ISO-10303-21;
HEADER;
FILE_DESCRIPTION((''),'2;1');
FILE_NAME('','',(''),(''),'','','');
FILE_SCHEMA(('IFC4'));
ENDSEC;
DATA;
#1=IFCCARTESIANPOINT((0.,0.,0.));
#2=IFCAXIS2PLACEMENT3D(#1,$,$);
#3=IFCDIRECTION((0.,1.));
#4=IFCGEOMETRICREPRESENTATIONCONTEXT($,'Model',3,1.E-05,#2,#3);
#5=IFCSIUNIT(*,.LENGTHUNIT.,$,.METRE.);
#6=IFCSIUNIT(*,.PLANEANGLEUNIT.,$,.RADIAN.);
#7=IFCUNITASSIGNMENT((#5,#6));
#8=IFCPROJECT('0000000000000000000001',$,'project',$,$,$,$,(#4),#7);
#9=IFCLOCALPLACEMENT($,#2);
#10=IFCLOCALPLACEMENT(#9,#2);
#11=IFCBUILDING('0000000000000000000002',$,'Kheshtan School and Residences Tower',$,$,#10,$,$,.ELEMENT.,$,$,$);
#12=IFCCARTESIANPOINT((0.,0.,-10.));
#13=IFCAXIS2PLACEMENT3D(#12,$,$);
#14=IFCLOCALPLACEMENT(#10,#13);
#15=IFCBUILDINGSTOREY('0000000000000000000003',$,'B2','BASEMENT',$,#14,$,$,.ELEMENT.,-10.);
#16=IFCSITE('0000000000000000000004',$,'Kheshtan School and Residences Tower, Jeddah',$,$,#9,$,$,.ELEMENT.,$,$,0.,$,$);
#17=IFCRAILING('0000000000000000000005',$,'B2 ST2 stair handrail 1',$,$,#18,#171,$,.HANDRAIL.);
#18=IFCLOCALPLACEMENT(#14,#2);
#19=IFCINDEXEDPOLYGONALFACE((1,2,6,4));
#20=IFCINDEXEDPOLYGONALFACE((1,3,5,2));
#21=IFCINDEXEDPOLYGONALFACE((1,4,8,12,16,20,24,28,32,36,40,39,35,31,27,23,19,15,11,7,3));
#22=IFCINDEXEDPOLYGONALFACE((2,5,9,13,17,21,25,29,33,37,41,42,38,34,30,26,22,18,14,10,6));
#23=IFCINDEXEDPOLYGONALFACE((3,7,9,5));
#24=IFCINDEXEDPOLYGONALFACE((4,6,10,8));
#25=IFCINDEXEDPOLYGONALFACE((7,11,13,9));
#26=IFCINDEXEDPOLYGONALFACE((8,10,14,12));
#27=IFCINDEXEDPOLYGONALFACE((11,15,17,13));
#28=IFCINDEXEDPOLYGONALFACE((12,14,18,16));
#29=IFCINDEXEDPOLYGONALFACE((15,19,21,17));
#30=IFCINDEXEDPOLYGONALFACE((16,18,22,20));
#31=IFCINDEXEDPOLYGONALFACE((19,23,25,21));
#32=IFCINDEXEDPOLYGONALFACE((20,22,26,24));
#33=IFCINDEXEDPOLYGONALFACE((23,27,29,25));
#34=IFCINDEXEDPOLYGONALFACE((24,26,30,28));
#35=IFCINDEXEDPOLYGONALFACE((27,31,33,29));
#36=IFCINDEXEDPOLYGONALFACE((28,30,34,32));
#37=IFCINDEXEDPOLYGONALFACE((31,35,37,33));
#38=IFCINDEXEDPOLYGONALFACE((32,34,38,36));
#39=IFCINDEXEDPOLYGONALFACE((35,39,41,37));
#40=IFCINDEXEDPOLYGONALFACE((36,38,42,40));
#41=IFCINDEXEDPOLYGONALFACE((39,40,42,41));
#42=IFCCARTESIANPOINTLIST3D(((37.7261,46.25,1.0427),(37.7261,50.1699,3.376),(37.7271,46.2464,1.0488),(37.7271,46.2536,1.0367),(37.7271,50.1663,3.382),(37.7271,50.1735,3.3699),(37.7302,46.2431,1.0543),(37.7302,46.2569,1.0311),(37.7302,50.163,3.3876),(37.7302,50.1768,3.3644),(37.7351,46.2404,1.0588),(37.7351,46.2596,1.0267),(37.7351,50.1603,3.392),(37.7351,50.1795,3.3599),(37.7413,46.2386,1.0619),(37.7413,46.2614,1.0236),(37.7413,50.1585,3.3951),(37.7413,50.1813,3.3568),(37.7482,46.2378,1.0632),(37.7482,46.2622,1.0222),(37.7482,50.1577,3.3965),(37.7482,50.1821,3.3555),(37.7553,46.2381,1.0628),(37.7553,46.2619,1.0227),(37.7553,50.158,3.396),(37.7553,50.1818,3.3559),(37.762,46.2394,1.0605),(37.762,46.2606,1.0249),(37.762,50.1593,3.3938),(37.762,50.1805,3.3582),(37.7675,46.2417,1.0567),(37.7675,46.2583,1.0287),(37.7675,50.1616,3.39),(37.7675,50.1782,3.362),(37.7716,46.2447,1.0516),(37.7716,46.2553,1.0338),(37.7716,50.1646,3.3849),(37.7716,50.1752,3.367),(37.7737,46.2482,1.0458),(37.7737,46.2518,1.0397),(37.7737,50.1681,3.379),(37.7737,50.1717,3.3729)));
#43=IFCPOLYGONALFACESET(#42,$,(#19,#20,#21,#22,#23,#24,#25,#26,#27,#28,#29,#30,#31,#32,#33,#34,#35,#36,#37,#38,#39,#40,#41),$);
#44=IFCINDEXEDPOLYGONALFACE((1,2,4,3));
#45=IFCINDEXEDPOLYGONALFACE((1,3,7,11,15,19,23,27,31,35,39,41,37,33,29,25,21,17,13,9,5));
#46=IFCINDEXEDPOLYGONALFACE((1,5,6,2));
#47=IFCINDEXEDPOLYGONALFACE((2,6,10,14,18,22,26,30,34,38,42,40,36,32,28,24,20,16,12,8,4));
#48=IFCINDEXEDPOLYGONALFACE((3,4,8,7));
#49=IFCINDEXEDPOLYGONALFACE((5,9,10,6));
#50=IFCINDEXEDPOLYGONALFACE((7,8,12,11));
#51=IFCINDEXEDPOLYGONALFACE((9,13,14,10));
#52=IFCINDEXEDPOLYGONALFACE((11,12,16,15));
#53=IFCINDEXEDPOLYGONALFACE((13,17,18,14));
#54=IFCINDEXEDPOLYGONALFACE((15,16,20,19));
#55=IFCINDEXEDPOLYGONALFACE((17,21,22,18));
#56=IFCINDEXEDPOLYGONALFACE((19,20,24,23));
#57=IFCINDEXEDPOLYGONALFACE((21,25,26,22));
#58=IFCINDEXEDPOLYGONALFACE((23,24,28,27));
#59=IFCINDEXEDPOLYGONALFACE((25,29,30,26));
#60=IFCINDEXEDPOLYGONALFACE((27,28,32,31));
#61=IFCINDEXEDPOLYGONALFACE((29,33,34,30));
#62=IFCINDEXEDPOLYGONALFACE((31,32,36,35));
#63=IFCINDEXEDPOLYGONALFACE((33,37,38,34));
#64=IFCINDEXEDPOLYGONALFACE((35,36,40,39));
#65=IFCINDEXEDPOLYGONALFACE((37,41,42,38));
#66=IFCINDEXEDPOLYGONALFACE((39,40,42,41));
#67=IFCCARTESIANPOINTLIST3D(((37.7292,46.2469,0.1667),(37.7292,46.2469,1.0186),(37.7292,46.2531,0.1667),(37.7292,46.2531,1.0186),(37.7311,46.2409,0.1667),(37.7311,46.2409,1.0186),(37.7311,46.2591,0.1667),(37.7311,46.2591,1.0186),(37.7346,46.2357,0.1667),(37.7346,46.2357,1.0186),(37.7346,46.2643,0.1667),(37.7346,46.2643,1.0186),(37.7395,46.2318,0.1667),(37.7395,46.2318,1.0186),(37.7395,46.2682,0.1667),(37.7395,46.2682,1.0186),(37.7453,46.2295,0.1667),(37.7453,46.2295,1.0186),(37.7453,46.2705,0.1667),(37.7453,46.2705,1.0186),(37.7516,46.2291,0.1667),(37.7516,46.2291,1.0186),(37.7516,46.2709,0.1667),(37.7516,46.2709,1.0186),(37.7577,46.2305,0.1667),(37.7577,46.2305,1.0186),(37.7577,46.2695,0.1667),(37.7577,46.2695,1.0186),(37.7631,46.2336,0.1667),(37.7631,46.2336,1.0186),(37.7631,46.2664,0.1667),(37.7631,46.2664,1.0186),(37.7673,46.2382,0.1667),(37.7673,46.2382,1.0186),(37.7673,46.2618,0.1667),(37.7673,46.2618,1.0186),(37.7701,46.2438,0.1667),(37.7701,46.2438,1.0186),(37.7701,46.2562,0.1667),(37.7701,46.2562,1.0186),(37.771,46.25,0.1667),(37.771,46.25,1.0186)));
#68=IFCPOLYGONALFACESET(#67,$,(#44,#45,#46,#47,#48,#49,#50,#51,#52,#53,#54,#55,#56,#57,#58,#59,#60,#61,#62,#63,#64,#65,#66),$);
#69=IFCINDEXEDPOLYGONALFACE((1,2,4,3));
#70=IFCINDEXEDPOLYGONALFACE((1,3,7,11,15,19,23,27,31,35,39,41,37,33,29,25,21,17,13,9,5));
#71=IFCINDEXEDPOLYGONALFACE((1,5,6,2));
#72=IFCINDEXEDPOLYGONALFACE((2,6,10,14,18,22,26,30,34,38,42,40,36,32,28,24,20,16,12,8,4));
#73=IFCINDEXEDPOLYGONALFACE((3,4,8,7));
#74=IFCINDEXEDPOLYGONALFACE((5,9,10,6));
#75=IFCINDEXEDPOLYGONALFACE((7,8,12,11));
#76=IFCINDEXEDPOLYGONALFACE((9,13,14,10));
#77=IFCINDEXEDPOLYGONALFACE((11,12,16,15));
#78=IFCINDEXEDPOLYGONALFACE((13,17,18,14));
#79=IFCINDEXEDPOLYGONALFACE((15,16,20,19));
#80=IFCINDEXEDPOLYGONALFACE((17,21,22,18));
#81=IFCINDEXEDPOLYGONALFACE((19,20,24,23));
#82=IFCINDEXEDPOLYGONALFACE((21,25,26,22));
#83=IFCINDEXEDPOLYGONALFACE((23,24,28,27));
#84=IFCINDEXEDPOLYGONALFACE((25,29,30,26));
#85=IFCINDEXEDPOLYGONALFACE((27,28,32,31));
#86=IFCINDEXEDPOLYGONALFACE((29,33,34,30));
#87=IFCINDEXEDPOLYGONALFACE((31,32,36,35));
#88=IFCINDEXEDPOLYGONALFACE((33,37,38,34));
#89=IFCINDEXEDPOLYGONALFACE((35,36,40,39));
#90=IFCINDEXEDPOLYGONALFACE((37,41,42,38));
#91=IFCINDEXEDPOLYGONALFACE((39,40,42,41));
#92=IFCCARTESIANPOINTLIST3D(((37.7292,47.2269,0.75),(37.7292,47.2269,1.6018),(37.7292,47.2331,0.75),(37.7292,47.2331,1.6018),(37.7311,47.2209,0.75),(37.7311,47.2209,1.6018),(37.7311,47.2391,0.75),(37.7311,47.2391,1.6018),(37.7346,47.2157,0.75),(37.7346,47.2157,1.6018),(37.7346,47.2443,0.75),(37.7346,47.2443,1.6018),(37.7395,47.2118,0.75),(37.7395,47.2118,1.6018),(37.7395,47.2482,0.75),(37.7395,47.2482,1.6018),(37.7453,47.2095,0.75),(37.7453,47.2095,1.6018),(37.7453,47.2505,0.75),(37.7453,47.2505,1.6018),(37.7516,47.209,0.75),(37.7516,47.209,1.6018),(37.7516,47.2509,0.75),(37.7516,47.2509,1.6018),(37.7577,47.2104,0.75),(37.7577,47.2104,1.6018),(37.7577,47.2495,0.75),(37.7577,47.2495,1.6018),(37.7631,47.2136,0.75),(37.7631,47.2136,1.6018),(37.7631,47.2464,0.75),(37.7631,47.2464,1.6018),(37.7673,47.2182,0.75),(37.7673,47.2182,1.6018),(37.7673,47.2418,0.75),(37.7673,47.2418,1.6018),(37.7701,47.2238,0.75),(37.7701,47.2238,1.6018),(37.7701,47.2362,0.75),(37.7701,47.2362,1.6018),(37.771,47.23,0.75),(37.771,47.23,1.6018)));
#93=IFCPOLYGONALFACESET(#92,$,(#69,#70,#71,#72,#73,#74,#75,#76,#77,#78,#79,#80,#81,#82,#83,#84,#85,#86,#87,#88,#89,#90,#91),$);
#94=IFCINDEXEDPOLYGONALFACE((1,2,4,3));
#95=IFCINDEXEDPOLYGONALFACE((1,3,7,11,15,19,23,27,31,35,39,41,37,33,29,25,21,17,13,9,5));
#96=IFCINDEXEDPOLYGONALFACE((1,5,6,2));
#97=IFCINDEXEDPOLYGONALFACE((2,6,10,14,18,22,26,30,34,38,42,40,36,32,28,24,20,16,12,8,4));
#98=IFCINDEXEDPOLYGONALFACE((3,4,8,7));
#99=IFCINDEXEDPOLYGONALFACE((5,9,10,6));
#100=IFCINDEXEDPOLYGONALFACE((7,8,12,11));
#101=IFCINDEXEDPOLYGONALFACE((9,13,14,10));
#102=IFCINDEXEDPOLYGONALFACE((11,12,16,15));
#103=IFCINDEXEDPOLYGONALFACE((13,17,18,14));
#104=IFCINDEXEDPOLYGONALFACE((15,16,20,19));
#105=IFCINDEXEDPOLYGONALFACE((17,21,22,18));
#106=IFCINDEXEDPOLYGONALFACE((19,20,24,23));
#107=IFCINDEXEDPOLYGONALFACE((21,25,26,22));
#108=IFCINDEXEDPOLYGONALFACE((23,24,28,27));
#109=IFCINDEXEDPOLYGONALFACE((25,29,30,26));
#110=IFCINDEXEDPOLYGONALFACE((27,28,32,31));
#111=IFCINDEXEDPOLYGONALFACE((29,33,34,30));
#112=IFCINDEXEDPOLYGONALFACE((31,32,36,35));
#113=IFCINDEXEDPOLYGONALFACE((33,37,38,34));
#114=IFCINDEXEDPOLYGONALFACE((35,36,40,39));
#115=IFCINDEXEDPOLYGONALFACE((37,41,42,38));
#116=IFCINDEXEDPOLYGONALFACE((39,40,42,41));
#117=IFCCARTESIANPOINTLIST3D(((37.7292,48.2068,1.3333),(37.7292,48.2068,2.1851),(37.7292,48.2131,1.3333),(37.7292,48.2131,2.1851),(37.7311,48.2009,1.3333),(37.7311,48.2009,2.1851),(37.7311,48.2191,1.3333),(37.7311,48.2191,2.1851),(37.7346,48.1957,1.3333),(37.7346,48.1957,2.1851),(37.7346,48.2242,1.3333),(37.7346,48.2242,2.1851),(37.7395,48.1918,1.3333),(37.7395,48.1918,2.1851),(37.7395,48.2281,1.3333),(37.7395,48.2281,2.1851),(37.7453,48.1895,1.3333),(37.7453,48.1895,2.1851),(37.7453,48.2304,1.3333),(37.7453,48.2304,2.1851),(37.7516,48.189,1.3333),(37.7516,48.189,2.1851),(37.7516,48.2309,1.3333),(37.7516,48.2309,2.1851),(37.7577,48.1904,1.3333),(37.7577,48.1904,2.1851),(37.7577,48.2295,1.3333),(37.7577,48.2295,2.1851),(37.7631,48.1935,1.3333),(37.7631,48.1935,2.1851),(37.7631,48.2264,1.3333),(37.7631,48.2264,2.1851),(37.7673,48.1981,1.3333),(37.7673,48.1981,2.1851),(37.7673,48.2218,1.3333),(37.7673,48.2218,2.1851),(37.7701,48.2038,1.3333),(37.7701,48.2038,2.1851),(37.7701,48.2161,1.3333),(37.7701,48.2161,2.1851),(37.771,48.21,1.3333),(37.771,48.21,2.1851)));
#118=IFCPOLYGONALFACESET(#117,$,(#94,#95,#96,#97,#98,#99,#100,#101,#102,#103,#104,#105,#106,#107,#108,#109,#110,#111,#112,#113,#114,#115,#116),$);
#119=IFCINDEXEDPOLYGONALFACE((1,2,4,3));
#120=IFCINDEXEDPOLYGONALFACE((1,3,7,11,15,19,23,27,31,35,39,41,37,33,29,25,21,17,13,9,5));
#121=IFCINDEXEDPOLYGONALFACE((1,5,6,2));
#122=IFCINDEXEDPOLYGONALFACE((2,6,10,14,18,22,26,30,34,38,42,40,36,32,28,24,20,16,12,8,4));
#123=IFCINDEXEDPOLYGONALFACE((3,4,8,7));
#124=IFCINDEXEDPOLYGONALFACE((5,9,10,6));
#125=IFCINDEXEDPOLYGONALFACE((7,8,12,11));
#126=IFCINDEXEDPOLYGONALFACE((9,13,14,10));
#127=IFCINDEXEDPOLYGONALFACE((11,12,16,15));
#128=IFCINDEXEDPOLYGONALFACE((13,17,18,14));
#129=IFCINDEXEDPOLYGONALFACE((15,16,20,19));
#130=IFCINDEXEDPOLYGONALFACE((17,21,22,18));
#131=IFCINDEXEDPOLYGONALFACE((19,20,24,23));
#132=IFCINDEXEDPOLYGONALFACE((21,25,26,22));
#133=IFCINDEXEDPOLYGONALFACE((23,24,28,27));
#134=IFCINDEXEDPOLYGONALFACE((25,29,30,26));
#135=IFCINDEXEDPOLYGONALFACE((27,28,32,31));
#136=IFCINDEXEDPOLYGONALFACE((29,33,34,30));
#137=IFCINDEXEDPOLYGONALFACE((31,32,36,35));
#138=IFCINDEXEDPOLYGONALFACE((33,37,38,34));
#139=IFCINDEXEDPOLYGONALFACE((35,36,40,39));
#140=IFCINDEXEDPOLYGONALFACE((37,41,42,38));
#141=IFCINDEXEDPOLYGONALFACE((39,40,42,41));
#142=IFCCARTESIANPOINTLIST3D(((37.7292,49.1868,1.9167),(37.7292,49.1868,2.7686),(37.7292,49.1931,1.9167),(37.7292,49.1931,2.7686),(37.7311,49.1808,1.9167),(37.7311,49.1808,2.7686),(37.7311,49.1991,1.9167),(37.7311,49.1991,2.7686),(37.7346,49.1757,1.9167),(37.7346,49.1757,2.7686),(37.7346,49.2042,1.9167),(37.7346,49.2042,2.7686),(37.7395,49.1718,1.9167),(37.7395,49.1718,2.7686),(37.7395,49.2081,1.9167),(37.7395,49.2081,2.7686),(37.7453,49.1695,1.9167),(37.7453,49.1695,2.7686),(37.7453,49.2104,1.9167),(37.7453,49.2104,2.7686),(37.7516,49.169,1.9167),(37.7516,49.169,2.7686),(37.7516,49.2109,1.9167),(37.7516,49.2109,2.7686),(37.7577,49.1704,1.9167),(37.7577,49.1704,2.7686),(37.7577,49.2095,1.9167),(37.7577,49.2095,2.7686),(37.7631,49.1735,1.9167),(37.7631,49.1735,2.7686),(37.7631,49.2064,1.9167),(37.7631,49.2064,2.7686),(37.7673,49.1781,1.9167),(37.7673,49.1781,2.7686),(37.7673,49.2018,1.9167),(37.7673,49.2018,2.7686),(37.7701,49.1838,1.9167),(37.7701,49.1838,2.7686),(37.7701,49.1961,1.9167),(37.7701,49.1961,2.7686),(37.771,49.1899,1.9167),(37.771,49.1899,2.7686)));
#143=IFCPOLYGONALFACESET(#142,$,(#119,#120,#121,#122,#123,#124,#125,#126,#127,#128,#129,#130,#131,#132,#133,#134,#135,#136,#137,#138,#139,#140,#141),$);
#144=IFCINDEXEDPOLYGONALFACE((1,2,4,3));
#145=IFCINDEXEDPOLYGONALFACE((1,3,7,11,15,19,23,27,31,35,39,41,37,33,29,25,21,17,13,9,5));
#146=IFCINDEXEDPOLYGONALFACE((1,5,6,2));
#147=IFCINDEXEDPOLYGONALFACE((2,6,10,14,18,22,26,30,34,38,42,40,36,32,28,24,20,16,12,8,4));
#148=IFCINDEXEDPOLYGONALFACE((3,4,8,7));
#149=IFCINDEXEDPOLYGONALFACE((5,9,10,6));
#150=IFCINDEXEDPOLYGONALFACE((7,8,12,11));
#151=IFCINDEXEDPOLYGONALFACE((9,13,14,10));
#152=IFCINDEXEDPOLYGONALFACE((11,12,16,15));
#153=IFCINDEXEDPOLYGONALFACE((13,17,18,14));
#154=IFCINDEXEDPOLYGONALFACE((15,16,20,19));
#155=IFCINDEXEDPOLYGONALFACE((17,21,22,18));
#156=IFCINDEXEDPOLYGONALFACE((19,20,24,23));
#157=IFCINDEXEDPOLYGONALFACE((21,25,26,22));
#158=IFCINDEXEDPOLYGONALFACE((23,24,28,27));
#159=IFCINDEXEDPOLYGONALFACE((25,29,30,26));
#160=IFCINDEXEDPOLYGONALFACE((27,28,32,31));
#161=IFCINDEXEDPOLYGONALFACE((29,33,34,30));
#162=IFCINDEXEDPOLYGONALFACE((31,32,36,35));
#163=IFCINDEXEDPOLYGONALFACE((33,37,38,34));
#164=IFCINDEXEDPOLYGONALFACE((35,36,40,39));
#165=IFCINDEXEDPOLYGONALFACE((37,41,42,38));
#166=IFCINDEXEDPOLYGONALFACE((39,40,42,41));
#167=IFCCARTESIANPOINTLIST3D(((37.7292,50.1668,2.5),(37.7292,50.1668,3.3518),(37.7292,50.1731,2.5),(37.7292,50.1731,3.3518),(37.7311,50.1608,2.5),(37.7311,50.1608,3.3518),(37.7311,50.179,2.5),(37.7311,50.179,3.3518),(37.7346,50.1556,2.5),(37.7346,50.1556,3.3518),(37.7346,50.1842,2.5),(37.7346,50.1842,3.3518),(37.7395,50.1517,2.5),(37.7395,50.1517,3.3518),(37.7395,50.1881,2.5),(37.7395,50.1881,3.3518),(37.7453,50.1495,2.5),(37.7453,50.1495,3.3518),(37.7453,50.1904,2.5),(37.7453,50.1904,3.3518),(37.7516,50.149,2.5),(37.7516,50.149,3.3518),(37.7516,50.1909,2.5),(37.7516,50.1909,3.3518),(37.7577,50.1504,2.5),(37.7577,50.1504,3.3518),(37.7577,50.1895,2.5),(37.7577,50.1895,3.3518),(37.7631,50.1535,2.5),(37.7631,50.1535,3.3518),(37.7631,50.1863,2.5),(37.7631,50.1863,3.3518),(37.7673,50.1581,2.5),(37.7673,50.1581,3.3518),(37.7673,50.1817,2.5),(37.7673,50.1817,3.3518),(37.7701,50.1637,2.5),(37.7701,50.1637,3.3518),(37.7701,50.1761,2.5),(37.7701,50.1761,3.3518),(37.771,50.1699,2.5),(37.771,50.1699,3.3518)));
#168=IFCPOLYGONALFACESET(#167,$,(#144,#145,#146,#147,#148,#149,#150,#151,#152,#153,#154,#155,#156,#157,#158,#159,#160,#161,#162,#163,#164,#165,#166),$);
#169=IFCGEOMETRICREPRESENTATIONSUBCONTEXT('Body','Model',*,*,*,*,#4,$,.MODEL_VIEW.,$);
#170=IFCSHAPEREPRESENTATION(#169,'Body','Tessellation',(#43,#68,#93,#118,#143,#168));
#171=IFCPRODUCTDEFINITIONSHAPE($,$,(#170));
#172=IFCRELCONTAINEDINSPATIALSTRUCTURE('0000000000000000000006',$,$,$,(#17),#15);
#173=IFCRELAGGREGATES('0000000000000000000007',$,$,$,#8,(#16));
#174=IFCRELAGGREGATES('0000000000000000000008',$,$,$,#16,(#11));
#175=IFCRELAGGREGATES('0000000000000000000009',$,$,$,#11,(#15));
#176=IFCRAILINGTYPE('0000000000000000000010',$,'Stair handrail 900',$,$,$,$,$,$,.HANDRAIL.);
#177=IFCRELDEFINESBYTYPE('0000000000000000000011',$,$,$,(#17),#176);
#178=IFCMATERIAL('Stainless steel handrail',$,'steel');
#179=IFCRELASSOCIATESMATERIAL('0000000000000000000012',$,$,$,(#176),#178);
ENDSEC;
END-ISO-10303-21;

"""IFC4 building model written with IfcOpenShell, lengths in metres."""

from ifc_helpers import new_model, si_unit, direction, frame, origin, origin_2d, place, context, subcontext, project, spatial, circle, extrude, material, type_object, element, save


model = new_model("IFC4")

# Units and contexts
model_context = context("Model", 3, precision=1e-05, world=origin(), true_north=direction((0.0, 1.0)))
body_context = subcontext(model_context, "Body", "Model", "MODEL_VIEW")
ifc_project = project(units=[si_unit("LENGTHUNIT", "METRE"), si_unit("PLANEANGLEUNIT", "RADIAN")], contexts=[model_context])

# Site, building, storey
site_placement = place(None, origin())
site = spatial("IfcSite", under=ifc_project, at=site_placement, Name="Kheshtan School and Residences Tower, Jeddah", CompositionType="ELEMENT", RefElevation=0.0)
building_placement = place(site_placement, origin())
building = spatial("IfcBuilding", under=site, at=building_placement, Name="Kheshtan School and Residences Tower", CompositionType="ELEMENT")
storey_placement = place(building_placement, frame((0.0, 0.0, -10.0)))
storey = spatial("IfcBuildingStorey", under=building, at=storey_placement, Name="B2", Description="BASEMENT", CompositionType="ELEMENT", Elevation=-10.0)

# Railing
ifc_material_1 = material(Name="Stainless steel handrail", Category="steel")
railing_type_1 = type_object("IfcRailingType", Name="Stair handrail 900", PredefinedType="HANDRAIL", material=ifc_material_1)
railing_1_placement = place(storey_placement, frame((37.75, 46.25, 0.1667)))
element("IfcRailing", 1, at=railing_1_placement, inside=storey, type_object=railing_type_1, Name="B2 ST2 stair handrail 1", PredefinedType="HANDRAIL", context=body_context, shape_type="SweptSolid", body=[
    extrude(circle(Radius=0.0239, at=origin_2d()), frame((0.0, 0.0, 0.876), z_axis=(0.0, 0.859296, 0.511478), x_axis=(-1.0, 0.0, 0.0)), (0.0, 0.0, 1.0), 4.5618),
    extrude(circle(Radius=0.021, at=origin_2d()), origin(), (0.0, 0.0, 1.0), 0.8518),
    extrude(circle(Radius=0.021, at=origin_2d()), frame((0.0, 0.98, 0.5833)), (0.0, 0.0, 1.0), 0.8518),
    extrude(circle(Radius=0.021, at=origin_2d()), frame((0.0, 1.96, 1.1665)), (0.0, 0.0, 1.0), 0.8518),
    extrude(circle(Radius=0.021, at=origin_2d()), frame((0.0, 2.9399, 1.75)), (0.0, 0.0, 1.0), 0.8518),
    extrude(circle(Radius=0.021, at=origin_2d()), frame((0.0, 3.9199, 2.3333)), (0.0, 0.0, 1.0), 0.8518),
])

save(model, "model.ifc")
